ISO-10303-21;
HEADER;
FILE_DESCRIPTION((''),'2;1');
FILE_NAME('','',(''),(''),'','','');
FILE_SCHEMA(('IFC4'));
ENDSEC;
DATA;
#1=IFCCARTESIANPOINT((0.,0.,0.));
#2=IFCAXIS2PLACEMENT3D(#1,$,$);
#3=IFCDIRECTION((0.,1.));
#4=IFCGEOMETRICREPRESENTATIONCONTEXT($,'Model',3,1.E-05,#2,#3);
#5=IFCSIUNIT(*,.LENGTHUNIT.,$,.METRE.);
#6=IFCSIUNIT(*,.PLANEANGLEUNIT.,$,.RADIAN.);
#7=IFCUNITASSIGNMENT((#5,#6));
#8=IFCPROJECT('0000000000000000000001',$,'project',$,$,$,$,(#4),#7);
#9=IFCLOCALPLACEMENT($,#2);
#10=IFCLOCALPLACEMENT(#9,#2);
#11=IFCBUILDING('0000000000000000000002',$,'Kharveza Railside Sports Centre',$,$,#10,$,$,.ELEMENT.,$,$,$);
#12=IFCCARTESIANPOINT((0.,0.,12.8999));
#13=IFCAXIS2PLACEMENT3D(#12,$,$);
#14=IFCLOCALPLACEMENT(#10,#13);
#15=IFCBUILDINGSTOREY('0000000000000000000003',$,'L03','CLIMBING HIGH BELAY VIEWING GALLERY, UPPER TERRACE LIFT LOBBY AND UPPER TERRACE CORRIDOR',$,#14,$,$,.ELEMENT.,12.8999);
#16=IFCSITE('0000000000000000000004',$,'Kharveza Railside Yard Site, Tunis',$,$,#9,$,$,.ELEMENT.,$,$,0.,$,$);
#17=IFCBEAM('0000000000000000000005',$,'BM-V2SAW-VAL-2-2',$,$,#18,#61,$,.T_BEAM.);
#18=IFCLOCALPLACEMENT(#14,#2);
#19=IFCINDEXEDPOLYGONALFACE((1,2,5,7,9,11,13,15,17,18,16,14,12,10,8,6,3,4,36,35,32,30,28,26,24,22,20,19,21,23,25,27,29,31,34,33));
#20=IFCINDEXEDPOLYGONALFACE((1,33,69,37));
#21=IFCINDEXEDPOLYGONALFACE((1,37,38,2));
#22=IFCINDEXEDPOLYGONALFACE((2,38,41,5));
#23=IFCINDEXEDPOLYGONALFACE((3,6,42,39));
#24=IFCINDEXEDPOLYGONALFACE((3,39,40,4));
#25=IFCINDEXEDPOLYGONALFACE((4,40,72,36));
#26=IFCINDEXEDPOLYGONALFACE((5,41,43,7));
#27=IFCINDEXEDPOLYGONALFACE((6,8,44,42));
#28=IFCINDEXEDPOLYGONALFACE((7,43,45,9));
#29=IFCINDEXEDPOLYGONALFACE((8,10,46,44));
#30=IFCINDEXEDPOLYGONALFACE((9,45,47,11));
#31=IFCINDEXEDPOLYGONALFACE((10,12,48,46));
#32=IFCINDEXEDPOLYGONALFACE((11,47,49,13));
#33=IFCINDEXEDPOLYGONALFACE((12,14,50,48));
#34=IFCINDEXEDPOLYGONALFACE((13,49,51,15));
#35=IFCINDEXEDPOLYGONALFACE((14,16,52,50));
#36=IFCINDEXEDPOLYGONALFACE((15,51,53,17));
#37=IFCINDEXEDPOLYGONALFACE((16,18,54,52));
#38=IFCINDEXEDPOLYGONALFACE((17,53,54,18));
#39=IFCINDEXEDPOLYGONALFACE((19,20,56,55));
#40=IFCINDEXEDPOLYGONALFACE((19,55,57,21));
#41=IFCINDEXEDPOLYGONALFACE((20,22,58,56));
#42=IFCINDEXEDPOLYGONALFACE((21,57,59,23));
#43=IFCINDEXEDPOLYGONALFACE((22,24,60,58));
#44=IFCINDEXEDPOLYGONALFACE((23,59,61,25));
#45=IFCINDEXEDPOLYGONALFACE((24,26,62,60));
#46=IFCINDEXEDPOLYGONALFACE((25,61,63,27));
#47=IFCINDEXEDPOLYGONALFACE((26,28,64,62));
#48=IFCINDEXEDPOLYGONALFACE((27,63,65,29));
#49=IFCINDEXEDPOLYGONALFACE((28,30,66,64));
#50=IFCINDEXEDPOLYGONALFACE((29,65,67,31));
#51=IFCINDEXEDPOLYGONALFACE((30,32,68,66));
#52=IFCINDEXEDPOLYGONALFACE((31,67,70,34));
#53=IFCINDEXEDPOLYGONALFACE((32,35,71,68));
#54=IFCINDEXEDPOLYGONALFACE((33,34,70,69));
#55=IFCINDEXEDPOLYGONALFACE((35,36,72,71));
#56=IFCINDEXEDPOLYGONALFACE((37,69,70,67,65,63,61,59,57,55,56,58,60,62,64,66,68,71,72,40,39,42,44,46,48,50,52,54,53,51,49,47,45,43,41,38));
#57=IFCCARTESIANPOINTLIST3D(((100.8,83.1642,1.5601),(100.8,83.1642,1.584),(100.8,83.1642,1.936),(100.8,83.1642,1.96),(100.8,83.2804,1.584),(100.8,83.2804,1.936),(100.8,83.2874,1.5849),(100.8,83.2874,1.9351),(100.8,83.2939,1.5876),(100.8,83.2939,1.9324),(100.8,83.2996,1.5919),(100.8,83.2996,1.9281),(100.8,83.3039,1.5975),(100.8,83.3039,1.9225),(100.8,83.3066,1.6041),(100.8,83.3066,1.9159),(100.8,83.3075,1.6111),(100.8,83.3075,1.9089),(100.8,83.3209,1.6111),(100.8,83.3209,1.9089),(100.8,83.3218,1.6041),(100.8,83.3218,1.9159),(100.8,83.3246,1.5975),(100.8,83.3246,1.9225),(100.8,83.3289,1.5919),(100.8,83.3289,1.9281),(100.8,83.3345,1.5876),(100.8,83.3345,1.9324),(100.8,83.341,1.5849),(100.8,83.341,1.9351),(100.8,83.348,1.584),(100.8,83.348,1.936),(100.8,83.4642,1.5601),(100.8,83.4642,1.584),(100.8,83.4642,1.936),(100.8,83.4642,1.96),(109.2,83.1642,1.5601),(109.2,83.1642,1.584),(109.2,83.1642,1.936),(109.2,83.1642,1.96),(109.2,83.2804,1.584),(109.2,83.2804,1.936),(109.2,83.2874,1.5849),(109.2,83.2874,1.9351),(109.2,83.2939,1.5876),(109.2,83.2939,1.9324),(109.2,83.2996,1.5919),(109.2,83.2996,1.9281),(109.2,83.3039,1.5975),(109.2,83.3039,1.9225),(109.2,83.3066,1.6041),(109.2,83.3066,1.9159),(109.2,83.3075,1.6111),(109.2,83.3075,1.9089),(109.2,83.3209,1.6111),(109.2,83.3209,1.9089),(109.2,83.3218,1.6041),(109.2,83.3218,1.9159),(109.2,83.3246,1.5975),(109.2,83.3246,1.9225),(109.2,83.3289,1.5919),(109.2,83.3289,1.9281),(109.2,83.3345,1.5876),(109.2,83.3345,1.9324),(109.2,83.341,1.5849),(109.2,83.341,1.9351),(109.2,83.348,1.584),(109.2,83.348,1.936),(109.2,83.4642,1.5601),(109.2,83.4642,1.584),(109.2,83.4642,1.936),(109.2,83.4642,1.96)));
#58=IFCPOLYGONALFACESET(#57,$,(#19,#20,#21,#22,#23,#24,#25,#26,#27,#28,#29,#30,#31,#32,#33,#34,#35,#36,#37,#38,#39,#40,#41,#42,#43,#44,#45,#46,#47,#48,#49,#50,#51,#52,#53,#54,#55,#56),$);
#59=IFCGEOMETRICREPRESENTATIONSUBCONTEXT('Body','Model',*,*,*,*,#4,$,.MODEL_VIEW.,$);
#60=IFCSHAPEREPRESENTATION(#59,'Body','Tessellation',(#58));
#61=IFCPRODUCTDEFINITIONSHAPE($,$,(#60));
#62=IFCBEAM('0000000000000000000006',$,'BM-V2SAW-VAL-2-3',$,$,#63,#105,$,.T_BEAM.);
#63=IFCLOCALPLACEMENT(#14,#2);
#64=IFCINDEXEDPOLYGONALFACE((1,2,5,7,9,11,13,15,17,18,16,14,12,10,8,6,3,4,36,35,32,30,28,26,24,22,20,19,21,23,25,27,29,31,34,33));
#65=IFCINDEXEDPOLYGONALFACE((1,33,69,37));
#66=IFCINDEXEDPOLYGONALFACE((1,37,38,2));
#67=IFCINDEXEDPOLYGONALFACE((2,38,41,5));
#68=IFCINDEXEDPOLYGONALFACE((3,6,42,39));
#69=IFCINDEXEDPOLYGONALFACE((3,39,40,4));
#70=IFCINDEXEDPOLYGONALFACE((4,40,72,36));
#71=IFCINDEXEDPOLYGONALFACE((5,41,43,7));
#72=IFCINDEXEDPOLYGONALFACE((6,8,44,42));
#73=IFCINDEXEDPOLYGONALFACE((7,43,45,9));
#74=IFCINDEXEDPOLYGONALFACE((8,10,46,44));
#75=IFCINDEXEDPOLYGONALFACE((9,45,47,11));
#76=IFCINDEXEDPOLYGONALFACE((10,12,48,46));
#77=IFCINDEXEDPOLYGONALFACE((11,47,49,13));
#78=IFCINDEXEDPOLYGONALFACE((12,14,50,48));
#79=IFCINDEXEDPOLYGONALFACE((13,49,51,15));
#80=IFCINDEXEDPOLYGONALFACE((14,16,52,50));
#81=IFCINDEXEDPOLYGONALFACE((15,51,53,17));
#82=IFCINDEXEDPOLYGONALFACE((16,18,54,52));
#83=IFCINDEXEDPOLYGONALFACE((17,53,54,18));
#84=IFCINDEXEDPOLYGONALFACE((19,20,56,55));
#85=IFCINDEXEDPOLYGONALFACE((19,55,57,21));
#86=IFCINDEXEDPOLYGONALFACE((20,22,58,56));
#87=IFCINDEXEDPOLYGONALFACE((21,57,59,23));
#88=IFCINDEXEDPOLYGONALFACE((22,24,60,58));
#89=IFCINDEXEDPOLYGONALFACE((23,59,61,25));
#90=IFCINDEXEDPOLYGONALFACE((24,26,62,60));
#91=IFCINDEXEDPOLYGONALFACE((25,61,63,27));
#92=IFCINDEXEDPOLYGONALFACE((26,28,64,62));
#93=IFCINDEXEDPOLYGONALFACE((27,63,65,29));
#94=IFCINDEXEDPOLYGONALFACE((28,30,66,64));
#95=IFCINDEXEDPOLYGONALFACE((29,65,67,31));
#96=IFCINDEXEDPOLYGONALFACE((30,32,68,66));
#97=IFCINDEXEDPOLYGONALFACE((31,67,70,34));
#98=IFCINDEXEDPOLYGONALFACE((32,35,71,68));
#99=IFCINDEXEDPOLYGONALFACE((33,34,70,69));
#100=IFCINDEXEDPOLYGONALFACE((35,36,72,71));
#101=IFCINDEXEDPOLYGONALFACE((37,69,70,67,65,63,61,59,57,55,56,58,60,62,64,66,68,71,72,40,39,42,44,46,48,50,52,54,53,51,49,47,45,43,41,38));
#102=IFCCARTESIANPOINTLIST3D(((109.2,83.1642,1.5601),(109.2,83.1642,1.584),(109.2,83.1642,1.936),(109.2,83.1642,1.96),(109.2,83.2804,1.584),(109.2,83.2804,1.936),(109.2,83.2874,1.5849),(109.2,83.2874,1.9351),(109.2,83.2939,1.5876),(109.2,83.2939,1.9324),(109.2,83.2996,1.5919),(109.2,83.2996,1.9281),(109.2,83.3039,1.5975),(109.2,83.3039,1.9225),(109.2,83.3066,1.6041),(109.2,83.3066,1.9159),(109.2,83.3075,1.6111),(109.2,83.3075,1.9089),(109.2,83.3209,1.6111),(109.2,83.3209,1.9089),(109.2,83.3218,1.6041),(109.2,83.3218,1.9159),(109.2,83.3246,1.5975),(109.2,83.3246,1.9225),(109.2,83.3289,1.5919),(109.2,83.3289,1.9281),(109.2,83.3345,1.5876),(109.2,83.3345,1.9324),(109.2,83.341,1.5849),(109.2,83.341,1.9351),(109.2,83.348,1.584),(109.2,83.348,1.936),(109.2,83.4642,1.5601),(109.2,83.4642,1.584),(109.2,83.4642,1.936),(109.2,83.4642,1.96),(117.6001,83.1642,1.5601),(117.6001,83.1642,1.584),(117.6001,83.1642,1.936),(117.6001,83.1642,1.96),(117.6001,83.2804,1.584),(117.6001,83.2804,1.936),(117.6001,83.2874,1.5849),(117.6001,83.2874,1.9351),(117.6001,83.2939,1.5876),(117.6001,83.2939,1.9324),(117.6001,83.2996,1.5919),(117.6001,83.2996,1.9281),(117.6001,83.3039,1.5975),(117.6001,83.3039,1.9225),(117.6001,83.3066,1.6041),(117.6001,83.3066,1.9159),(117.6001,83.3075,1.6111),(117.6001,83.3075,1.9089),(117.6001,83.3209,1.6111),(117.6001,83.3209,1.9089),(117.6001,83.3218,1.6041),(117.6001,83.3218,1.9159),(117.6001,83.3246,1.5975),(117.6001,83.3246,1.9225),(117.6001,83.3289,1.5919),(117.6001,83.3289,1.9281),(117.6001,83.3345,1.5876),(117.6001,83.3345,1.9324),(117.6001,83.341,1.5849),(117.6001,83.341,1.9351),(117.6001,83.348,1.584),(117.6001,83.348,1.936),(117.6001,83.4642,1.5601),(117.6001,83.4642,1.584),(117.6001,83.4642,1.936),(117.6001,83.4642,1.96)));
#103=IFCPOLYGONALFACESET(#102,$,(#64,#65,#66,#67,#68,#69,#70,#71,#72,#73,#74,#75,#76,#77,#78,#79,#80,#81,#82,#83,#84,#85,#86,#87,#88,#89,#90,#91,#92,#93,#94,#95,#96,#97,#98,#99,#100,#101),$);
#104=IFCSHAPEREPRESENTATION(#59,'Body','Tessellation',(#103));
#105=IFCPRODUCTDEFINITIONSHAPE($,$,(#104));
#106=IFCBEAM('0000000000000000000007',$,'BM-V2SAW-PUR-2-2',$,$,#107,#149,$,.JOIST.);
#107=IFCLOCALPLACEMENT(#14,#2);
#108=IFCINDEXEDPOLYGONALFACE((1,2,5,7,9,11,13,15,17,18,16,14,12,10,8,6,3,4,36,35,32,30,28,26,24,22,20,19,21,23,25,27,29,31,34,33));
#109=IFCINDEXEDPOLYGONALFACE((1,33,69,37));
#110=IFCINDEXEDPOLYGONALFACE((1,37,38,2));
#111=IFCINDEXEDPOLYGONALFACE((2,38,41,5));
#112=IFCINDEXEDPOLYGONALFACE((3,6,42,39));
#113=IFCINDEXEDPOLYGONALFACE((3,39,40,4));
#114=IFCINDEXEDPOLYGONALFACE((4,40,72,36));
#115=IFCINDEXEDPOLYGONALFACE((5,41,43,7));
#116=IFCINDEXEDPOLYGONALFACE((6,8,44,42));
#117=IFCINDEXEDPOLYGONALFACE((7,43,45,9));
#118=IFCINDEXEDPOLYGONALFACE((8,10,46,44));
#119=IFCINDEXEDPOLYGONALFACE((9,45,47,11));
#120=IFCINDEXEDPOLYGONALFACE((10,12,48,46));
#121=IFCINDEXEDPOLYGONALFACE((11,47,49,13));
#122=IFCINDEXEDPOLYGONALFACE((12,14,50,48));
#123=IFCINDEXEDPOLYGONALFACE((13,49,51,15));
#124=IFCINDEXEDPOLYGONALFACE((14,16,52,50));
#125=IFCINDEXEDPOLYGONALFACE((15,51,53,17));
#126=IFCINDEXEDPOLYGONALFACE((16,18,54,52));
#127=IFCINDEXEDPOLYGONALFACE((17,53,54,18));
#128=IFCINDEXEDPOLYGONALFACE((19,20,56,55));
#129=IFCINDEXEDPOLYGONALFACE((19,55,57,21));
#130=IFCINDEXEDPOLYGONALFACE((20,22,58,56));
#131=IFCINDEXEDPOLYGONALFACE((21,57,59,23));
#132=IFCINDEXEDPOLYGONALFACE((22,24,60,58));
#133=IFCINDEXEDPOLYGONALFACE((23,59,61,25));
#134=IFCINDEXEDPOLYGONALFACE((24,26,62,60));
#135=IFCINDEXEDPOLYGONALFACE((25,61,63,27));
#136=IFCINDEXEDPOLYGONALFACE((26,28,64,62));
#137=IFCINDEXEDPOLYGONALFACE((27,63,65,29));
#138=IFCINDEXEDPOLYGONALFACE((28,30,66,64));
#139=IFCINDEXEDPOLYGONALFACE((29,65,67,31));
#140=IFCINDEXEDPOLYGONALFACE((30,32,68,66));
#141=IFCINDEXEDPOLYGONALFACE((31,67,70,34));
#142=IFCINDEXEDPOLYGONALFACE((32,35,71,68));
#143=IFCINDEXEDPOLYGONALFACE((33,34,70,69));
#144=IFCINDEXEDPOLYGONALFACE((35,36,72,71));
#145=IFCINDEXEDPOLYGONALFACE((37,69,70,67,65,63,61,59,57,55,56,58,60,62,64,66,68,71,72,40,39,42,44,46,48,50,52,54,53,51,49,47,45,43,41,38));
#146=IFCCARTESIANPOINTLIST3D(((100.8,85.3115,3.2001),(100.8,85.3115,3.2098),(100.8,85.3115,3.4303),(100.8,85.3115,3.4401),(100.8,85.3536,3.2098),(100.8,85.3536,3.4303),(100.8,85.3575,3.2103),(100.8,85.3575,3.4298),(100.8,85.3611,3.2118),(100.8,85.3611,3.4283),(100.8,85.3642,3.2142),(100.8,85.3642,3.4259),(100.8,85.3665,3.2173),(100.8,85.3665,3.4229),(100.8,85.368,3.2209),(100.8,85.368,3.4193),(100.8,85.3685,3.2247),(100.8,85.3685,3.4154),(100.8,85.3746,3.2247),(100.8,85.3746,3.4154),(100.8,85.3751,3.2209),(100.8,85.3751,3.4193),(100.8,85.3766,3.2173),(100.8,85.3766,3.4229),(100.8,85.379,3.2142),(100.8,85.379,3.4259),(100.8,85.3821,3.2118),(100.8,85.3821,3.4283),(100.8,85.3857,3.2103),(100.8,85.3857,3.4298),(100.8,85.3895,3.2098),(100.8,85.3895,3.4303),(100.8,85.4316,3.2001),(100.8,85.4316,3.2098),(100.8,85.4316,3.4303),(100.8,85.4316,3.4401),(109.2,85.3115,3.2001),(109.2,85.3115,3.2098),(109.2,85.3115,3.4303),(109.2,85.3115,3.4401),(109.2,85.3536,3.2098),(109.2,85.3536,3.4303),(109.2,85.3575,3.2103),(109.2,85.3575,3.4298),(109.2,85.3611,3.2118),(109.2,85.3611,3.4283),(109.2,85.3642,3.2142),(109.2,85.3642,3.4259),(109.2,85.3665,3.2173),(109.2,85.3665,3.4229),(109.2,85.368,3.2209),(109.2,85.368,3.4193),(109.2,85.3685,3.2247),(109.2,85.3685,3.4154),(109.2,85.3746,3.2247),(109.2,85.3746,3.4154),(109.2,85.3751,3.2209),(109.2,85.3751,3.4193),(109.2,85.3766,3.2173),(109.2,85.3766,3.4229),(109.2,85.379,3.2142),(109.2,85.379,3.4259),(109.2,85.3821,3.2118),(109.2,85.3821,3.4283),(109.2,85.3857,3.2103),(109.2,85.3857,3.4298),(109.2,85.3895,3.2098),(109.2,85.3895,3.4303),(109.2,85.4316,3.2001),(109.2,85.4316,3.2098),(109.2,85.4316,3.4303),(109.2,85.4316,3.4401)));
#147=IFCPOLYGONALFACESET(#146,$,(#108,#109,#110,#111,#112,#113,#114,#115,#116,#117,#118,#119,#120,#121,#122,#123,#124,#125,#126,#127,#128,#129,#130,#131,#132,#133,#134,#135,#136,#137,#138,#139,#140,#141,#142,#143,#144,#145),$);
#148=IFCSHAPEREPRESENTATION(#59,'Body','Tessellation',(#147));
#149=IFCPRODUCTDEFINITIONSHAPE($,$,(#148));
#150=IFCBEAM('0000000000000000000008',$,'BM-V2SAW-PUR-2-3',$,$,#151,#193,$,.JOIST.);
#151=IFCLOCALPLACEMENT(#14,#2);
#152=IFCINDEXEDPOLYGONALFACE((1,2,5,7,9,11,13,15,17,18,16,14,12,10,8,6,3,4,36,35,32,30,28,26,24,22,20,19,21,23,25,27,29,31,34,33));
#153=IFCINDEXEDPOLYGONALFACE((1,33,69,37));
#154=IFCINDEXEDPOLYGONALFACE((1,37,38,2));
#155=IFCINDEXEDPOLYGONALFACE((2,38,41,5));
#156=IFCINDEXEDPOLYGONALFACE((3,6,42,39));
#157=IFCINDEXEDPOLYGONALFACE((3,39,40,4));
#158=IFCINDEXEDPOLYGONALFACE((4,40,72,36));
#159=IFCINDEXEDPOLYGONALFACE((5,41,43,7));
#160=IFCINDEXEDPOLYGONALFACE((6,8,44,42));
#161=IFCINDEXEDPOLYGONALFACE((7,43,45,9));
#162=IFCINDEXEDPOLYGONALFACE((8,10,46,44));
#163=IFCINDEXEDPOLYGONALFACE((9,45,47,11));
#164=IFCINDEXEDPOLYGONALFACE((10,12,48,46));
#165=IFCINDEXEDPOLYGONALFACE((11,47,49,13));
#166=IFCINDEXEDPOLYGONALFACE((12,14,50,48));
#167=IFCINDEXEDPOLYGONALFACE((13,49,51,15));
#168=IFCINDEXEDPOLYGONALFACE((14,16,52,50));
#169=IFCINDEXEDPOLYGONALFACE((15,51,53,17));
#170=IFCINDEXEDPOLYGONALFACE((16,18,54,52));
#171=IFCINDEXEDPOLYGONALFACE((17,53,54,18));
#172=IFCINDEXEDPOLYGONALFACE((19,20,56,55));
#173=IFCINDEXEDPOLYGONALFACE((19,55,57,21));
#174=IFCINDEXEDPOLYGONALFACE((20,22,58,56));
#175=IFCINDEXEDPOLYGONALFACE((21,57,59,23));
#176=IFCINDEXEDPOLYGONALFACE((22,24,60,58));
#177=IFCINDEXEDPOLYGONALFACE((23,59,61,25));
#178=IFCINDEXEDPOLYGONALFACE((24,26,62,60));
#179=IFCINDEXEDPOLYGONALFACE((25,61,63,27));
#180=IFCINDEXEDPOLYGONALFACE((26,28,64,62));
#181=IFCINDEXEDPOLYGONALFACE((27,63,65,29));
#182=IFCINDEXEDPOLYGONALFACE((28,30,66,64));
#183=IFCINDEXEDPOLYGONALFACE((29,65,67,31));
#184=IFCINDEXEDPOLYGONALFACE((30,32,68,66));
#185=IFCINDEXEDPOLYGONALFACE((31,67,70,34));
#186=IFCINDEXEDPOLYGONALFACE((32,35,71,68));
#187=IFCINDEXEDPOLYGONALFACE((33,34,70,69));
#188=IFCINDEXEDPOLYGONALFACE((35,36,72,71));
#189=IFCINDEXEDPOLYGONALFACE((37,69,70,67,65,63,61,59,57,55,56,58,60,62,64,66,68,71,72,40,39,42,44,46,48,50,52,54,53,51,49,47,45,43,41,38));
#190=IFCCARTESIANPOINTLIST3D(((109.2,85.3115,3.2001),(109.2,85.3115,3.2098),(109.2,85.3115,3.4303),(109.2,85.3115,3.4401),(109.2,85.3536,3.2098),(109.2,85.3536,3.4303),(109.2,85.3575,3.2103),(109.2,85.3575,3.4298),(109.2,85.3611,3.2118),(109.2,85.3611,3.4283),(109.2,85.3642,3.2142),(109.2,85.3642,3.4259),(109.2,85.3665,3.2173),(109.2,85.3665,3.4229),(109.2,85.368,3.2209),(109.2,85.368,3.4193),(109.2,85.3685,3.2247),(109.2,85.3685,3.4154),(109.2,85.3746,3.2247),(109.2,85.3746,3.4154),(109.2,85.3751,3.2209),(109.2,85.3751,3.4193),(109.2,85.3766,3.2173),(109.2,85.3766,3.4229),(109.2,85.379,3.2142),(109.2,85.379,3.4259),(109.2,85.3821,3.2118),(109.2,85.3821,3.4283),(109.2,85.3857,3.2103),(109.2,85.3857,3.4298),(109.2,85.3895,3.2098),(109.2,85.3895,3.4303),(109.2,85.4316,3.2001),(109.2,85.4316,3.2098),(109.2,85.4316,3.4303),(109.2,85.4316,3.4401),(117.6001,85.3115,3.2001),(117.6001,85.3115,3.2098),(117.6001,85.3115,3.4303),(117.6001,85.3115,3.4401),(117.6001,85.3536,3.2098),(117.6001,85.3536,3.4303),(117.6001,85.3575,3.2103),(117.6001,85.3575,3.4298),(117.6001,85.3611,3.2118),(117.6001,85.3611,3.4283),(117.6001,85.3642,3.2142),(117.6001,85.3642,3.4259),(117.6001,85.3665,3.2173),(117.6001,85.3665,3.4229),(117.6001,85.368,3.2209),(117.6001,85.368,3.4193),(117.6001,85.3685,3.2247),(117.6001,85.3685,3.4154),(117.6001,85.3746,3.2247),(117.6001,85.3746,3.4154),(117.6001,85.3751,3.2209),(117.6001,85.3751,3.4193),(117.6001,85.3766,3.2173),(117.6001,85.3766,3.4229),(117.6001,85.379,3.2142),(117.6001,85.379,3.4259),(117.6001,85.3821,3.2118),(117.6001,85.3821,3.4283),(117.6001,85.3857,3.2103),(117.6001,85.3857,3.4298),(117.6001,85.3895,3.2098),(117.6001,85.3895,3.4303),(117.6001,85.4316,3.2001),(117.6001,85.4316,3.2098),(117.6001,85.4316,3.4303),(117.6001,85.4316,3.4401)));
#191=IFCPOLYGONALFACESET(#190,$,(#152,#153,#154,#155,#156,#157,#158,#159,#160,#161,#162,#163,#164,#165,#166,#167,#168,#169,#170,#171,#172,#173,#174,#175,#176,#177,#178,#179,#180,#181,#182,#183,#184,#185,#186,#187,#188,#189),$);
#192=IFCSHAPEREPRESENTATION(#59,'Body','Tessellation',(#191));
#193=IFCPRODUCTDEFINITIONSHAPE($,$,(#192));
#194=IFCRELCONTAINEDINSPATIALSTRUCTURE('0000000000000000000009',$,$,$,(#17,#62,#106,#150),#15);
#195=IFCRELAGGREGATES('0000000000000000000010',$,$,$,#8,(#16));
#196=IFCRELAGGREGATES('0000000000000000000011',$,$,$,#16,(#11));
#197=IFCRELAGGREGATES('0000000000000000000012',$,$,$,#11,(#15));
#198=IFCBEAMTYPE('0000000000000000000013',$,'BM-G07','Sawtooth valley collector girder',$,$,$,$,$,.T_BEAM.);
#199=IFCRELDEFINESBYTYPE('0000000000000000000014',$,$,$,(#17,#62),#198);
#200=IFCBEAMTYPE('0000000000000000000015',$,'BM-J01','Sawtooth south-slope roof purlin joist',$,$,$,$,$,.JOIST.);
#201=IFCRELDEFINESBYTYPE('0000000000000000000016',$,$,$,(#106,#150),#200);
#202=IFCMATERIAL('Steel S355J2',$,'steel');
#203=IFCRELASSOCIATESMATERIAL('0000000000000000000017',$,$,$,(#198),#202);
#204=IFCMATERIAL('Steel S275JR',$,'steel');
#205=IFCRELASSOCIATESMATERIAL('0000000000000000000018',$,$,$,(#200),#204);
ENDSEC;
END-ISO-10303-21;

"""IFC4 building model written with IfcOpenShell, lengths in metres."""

from ifc_helpers import new_model, si_unit, direction, frame, origin, origin_2d, place, context, subcontext, project, spatial, i_section, extrude, material, material_profile, profile_set, type_object, element, save


model = new_model("IFC4")

# Units and contexts
model_context = context("Model", 3, precision=1e-05, world=origin(), true_north=direction((0.0, 1.0)))
body_context = subcontext(model_context, "Body", "Model", "MODEL_VIEW")
ifc_project = project(units=[si_unit("LENGTHUNIT", "METRE"), si_unit("PLANEANGLEUNIT", "RADIAN")], contexts=[model_context])

# Site, building, storey
site_placement = place(None, origin())
site = spatial("IfcSite", under=ifc_project, at=site_placement, Name="Kharveza Railside Yard Site, Tunis", CompositionType="ELEMENT", RefElevation=0.0)
building_placement = place(site_placement, origin())
building = spatial("IfcBuilding", under=site, at=building_placement, Name="Kharveza Railside Sports Centre", CompositionType="ELEMENT")
storey_placement = place(building_placement, frame((0.0, 0.0, 12.8999)))
storey = spatial("IfcBuildingStorey", under=building, at=storey_placement, Name="L03", Description="CLIMBING HIGH BELAY VIEWING GALLERY, UPPER TERRACE LIFT LOBBY AND UPPER TERRACE CORRIDOR", CompositionType="ELEMENT", Elevation=12.8999)

# Beams
ifc_material_1 = material(Name="Steel S355J2", Category="steel")
ifc_material_profile_1 = material_profile(ifc_material_1, i_section(OverallWidth=0.3, OverallDepth=0.3999, WebThickness=0.0134, FlangeThickness=0.0239, FilletRadius=0.0271, at=origin_2d()), Name="HEB 400")
ifc_profile_set_1 = profile_set([ifc_material_profile_1], Name="Steel S355J2")
beam_type_1 = type_object("IfcBeamType", Name="BM-G07", Description="Sawtooth valley collector girder", PredefinedType="T_BEAM", material=ifc_profile_set_1)
beam_1_placement = place(storey_placement, frame((100.8, 83.3142, 1.76), z_axis=(1.0, 0.0, 0.0), x_axis=(0.0, 1.0, 0.0)))
element("IfcBeam", 1, at=beam_1_placement, inside=storey, type_object=beam_type_1, Name="BM-V2SAW-VAL-2-2", PredefinedType="T_BEAM", context=body_context, shape_type="SweptSolid", body=[
    extrude(i_section(OverallWidth=0.3, OverallDepth=0.3999, WebThickness=0.0134, FlangeThickness=0.0239, FilletRadius=0.0271, at=origin_2d()), origin(), (0.0, 0.0, 1.0), 8.3999),
])
beam_2_placement = place(storey_placement, frame((109.2, 83.3142, 1.76), z_axis=(1.0, 0.0, 0.0), x_axis=(0.0, 1.0, 0.0)))
element("IfcBeam", 2, at=beam_2_placement, inside=storey, type_object=beam_type_1, Name="BM-V2SAW-VAL-2-3", PredefinedType="T_BEAM", context=body_context, shape_type="SweptSolid", body=[
    extrude(i_section(OverallWidth=0.3, OverallDepth=0.3999, WebThickness=0.0134, FlangeThickness=0.0239, FilletRadius=0.0271, at=origin_2d()), origin(), (0.0, 0.0, 1.0), 8.4001),
])
ifc_material_2 = material(Name="Steel S275JR", Category="steel")
ifc_material_profile_2 = material_profile(ifc_material_2, i_section(OverallWidth=0.1201, OverallDepth=0.24, WebThickness=0.0061, FlangeThickness=0.0098, FilletRadius=0.0149, at=origin_2d()), Name="IPE 240")
ifc_profile_set_2 = profile_set([ifc_material_profile_2], Name="Steel S275JR")
beam_type_2 = type_object("IfcBeamType", Name="BM-J01", Description="Sawtooth south-slope roof purlin joist", PredefinedType="JOIST", material=ifc_profile_set_2)
beam_3_placement = place(storey_placement, frame((100.8, 85.3716, 3.3201), z_axis=(1.0, 0.0, 0.0), x_axis=(0.0, 1.0, 0.0)))
element("IfcBeam", 3, at=beam_3_placement, inside=storey, type_object=beam_type_2, Name="BM-V2SAW-PUR-2-2", PredefinedType="JOIST", context=body_context, shape_type="SweptSolid", body=[
    extrude(i_section(OverallWidth=0.1201, OverallDepth=0.24, WebThickness=0.0061, FlangeThickness=0.0098, FilletRadius=0.0149, at=origin_2d()), origin(), (0.0, 0.0, 1.0), 8.3999),
])
beam_4_placement = place(storey_placement, frame((109.2, 85.3716, 3.3201), z_axis=(1.0, 0.0, 0.0), x_axis=(0.0, 1.0, 0.0)))
element("IfcBeam", 4, at=beam_4_placement, inside=storey, type_object=beam_type_2, Name="BM-V2SAW-PUR-2-3", PredefinedType="JOIST", context=body_context, shape_type="SweptSolid", body=[
    extrude(i_section(OverallWidth=0.1201, OverallDepth=0.24, WebThickness=0.0061, FlangeThickness=0.0098, FilletRadius=0.0149, at=origin_2d()), origin(), (0.0, 0.0, 1.0), 8.4001),
])

save(model, "model.ifc")
